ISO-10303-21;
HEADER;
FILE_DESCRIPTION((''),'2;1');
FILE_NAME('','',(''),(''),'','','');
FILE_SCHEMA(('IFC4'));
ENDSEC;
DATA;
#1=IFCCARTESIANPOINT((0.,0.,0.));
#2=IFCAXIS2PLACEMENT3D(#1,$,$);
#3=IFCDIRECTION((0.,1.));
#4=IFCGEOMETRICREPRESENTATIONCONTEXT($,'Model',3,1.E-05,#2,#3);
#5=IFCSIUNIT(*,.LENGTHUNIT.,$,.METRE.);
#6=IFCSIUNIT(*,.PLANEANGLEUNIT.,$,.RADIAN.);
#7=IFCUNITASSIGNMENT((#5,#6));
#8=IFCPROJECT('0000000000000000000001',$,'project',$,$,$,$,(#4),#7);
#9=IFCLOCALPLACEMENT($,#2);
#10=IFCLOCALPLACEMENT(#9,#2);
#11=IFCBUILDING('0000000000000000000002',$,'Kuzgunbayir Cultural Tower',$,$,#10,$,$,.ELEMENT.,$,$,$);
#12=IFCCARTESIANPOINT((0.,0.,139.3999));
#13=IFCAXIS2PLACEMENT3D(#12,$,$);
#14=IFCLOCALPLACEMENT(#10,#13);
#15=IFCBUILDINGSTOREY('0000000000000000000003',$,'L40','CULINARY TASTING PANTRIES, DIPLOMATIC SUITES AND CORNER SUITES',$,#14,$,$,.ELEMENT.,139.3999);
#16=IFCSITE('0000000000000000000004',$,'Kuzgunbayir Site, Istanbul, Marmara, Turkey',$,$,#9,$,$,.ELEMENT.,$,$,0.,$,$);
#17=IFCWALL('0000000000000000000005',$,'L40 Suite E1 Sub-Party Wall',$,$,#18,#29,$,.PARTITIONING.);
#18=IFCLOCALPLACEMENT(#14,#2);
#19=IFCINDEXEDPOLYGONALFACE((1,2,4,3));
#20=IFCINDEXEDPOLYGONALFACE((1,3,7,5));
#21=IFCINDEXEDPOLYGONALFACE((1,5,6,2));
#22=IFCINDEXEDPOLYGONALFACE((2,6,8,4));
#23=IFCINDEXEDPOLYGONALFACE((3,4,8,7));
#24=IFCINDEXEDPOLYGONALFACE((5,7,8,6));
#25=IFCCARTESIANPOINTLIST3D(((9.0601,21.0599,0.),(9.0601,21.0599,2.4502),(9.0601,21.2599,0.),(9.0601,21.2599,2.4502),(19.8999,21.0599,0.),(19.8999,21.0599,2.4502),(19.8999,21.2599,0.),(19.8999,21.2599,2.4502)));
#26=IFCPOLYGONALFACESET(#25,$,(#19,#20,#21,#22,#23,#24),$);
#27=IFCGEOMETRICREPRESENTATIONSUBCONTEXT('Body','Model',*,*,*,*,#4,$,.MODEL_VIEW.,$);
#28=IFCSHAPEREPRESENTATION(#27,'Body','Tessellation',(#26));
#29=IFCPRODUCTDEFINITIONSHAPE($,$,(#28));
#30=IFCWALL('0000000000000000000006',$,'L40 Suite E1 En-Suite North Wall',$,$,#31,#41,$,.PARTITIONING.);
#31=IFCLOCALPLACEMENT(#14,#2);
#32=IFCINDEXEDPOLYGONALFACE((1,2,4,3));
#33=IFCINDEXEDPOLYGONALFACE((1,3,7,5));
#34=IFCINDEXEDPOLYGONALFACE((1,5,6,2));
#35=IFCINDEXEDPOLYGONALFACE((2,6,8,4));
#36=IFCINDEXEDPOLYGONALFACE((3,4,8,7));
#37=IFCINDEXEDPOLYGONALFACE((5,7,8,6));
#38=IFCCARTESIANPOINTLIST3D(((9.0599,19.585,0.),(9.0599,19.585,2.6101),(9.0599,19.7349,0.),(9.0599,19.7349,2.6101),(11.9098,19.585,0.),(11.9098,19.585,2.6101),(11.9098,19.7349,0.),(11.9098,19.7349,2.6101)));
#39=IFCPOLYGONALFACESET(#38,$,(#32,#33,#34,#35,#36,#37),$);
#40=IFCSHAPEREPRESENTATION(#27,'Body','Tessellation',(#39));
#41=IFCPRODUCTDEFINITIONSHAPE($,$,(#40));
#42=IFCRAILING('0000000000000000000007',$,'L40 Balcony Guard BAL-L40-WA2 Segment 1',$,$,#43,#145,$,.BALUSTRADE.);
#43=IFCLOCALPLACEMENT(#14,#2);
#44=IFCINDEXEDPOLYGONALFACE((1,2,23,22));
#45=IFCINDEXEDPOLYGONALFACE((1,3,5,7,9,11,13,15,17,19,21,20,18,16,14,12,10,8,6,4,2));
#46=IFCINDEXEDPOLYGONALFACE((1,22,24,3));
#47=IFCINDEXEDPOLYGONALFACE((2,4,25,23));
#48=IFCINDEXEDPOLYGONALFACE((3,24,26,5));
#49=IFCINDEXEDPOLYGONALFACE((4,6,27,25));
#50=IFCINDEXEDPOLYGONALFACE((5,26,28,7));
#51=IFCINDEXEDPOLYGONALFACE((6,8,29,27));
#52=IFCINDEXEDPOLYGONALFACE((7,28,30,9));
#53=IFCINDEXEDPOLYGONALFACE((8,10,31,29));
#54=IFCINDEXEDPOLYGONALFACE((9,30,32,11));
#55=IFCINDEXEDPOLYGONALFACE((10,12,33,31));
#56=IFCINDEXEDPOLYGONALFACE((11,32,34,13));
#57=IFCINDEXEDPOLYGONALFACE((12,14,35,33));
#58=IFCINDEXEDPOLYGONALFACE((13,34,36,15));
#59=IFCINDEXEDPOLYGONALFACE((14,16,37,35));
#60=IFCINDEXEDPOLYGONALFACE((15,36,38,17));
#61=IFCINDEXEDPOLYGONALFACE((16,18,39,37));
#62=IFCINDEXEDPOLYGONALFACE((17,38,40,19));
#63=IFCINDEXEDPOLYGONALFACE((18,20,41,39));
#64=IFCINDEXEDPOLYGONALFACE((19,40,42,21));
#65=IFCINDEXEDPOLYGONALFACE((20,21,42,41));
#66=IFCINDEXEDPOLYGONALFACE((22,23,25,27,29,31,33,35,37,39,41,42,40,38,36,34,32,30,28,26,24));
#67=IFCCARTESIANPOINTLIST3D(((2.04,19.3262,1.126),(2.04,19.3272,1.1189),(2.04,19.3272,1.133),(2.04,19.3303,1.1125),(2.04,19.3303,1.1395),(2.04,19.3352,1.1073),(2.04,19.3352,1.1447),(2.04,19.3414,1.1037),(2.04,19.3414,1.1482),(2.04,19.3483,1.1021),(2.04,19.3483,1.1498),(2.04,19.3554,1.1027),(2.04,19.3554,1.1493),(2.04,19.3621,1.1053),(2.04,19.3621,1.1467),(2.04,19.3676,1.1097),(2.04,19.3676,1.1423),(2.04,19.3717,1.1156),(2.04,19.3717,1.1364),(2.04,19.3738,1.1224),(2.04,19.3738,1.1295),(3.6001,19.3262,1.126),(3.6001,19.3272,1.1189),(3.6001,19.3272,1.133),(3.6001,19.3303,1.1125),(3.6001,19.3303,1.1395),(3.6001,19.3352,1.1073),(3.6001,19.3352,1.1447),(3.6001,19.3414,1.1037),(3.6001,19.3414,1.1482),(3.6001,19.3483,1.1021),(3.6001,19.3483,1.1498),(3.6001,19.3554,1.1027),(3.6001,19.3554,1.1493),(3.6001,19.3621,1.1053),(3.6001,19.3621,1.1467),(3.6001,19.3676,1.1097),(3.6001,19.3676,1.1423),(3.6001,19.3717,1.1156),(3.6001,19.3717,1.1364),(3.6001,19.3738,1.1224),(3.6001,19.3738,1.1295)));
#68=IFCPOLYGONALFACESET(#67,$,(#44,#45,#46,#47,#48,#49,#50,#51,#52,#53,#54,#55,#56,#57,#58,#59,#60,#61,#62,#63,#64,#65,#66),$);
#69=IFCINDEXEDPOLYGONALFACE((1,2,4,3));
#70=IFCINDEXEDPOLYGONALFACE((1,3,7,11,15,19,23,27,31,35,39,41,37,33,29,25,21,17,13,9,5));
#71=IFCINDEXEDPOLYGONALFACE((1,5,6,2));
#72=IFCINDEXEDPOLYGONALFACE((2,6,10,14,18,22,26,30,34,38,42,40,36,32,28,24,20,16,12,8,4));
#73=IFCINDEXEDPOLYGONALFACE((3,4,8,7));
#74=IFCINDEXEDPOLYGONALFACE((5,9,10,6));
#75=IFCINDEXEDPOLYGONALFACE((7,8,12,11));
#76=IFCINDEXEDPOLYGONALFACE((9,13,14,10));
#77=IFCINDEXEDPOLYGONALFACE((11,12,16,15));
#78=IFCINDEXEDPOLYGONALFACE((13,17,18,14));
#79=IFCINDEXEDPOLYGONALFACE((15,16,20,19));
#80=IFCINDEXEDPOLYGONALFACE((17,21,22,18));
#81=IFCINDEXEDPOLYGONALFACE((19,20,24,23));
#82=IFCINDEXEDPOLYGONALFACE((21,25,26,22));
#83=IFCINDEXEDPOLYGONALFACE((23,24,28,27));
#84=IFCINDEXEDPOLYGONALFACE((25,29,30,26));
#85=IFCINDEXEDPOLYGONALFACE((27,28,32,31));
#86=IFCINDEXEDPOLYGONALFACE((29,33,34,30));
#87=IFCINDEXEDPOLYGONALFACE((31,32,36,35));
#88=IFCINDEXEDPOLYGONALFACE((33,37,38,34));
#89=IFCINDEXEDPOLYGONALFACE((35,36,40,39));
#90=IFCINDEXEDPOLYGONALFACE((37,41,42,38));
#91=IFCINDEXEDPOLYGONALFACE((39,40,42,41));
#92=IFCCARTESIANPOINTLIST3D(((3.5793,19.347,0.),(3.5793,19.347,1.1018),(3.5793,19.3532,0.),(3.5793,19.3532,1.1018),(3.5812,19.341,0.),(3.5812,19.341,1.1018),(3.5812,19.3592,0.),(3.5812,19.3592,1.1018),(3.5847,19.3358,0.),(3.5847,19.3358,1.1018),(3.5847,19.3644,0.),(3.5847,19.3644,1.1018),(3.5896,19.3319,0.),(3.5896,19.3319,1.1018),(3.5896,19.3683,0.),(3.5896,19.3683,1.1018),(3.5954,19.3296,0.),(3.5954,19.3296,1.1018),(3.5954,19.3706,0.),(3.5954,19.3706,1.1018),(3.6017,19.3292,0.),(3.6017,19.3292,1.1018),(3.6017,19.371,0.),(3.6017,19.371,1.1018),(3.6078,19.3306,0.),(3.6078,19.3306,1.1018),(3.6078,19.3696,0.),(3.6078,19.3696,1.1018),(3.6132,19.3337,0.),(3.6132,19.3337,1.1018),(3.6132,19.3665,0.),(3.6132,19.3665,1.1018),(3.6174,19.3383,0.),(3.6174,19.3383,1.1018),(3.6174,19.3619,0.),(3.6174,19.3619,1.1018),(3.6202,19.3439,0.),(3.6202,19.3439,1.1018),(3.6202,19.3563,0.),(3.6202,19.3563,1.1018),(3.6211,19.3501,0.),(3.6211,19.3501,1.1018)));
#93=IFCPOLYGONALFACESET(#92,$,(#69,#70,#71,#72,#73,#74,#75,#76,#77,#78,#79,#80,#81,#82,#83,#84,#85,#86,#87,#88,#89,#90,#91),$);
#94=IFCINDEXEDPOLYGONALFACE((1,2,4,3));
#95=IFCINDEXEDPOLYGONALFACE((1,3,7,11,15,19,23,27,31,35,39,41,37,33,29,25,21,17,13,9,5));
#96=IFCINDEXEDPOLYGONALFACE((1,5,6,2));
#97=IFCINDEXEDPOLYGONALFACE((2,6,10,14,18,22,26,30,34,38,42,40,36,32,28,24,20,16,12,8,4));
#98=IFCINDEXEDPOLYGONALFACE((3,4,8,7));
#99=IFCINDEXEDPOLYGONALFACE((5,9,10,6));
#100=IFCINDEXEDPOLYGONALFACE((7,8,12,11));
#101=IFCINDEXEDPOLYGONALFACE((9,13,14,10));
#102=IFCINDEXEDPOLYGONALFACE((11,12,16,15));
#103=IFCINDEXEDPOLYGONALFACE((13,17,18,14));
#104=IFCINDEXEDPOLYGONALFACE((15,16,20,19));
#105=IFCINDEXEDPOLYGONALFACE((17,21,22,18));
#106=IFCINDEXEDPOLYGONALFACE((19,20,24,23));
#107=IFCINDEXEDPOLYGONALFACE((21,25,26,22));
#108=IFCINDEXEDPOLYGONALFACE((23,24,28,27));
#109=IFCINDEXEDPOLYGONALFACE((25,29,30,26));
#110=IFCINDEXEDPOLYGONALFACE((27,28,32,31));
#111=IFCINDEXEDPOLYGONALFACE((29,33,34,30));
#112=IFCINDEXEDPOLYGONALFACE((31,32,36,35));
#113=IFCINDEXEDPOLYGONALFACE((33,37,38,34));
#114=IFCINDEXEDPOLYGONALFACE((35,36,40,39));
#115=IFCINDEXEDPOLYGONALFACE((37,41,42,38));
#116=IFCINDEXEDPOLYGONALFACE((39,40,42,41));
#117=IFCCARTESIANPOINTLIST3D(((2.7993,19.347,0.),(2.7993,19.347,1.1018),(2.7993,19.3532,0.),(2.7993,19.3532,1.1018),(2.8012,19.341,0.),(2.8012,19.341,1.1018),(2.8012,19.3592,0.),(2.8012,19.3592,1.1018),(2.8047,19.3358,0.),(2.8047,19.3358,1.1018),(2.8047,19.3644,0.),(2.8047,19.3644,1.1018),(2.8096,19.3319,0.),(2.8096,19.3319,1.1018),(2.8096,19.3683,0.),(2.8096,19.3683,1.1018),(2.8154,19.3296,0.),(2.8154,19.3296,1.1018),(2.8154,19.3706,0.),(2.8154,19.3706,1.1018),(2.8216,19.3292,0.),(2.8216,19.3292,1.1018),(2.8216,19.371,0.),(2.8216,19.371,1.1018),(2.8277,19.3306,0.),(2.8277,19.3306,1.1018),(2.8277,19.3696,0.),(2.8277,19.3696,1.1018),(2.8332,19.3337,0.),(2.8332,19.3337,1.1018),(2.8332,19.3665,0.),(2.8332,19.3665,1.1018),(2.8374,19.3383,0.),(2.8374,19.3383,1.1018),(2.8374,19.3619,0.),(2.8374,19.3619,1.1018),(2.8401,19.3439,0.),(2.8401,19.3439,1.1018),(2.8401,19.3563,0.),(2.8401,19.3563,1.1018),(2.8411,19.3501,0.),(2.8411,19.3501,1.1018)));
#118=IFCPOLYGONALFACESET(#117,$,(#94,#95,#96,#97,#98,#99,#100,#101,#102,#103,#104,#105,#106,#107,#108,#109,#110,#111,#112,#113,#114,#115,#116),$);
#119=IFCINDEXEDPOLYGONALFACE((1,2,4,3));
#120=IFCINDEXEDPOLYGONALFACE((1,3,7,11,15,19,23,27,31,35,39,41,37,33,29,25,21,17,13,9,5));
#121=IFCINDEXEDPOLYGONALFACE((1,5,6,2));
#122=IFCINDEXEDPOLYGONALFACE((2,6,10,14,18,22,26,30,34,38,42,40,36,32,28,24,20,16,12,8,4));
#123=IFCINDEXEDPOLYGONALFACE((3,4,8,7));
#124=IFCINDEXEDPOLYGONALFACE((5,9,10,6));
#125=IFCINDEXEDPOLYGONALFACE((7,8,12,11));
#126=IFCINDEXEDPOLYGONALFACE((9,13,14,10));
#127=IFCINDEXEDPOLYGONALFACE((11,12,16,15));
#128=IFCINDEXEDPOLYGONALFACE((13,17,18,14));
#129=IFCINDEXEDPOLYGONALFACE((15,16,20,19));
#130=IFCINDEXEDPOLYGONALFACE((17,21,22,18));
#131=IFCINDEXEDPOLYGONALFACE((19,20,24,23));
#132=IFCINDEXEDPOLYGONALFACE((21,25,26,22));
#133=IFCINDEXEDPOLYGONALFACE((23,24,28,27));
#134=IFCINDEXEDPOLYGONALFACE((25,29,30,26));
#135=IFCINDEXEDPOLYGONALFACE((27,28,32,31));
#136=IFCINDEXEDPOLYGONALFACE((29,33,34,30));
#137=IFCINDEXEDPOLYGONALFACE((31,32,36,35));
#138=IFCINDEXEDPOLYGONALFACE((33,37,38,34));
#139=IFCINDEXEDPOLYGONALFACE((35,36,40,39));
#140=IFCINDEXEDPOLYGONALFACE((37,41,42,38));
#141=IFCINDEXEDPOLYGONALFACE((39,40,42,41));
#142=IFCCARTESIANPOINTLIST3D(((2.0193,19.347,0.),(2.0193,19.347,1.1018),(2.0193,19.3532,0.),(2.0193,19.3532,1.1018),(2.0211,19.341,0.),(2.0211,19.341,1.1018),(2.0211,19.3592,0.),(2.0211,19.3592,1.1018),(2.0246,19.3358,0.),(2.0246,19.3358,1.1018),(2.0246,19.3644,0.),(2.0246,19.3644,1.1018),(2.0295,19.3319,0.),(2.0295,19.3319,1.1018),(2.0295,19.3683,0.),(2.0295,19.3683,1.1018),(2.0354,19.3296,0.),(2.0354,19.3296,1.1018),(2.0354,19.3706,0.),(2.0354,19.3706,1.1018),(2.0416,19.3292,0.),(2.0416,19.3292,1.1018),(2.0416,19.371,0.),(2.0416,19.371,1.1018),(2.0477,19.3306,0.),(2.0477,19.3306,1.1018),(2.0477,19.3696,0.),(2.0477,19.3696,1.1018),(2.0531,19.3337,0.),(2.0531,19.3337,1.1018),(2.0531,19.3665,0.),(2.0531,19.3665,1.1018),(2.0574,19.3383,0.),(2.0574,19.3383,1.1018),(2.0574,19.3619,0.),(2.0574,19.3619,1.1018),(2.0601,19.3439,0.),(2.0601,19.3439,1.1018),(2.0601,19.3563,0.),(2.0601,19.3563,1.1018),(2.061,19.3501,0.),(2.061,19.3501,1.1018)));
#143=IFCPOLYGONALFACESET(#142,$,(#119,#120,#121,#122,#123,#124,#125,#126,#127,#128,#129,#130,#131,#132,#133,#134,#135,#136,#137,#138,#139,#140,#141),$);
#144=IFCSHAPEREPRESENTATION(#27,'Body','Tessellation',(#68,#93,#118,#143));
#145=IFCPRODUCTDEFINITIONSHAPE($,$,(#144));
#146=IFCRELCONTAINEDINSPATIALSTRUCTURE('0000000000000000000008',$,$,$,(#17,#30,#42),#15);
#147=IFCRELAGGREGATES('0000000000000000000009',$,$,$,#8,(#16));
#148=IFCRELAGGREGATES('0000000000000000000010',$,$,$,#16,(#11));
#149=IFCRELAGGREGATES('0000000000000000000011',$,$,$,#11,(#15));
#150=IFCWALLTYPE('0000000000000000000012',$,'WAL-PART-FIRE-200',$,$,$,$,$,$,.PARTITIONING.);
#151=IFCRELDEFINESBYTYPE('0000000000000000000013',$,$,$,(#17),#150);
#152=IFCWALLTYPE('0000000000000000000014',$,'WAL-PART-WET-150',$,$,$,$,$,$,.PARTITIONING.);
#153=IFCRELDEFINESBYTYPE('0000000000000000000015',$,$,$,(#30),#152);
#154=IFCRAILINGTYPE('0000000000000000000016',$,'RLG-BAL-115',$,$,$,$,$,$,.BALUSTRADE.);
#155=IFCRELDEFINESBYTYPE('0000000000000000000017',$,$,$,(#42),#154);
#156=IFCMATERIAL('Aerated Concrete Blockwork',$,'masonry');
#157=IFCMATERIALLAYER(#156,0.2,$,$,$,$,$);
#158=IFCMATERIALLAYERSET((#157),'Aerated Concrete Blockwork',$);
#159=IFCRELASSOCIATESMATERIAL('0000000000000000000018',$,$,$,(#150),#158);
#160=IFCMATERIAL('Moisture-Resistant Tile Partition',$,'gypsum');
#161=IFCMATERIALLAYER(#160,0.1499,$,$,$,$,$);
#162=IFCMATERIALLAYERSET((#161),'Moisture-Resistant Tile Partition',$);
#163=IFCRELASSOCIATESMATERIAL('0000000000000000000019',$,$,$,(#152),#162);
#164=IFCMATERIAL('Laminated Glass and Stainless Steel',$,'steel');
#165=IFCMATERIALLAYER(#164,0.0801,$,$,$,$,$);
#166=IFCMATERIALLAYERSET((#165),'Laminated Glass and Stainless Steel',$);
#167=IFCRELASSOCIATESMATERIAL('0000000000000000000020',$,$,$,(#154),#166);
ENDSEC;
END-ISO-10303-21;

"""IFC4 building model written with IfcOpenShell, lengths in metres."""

from ifc_helpers import new_model, si_unit, direction, frame, frame_2d, origin, origin_2d, place, context, subcontext, project, spatial, rectangle, circle, extrude, material, layer, layer_set, type_object, element, save


model = new_model("IFC4")

# Units and contexts
model_context = context("Model", 3, precision=1e-05, world=origin(), true_north=direction((0.0, 1.0)))
body_context = subcontext(model_context, "Body", "Model", "MODEL_VIEW")
ifc_project = project(units=[si_unit("LENGTHUNIT", "METRE"), si_unit("PLANEANGLEUNIT", "RADIAN")], contexts=[model_context])

# Site, building, storey
site_placement = place(None, origin())
site = spatial("IfcSite", under=ifc_project, at=site_placement, Name="Kuzgunbayir Site, Istanbul, Marmara, Turkey", CompositionType="ELEMENT", RefElevation=0.0)
building_placement = place(site_placement, origin())
building = spatial("IfcBuilding", under=site, at=building_placement, Name="Kuzgunbayir Cultural Tower", CompositionType="ELEMENT")
storey_placement = place(building_placement, frame((0.0, 0.0, 139.3999)))
storey = spatial("IfcBuildingStorey", under=building, at=storey_placement, Name="L40", Description="CULINARY TASTING PANTRIES, DIPLOMATIC SUITES AND CORNER SUITES", CompositionType="ELEMENT", Elevation=139.3999)

# Walls
ifc_material_1 = material(Name="Aerated Concrete Blockwork", Category="masonry")
ifc_layer_1 = layer(ifc_material_1, 0.2)
ifc_layer_set_1 = layer_set([ifc_layer_1], Name="Aerated Concrete Blockwork")
wall_type_1 = type_object("IfcWallType", Name="WAL-PART-FIRE-200", PredefinedType="PARTITIONING", material=ifc_layer_set_1)
wall_1_placement = place(storey_placement, frame((9.0601, 21.1599, 0.0), z_axis=(0.0, 0.0, 1.0), x_axis=(1.0, 0.0, 0.0)))
element("IfcWall", 1, at=wall_1_placement, inside=storey, type_object=wall_type_1, Name="L40 Suite E1 Sub-Party Wall", PredefinedType="PARTITIONING", context=body_context, shape_type="SweptSolid", body=[
    extrude(rectangle(XDim=10.8398, YDim=0.2, at=frame_2d((5.4199, 0.0))), origin(), (0.0, 0.0, 1.0), 2.4502),
])
ifc_material_2 = material(Name="Moisture-Resistant Tile Partition", Category="gypsum")
ifc_layer_2 = layer(ifc_material_2, 0.1499)
ifc_layer_set_2 = layer_set([ifc_layer_2], Name="Moisture-Resistant Tile Partition")
wall_type_2 = type_object("IfcWallType", Name="WAL-PART-WET-150", PredefinedType="PARTITIONING", material=ifc_layer_set_2)
wall_2_placement = place(storey_placement, frame((9.0601, 19.6599, 0.0), z_axis=(0.0, 0.0, 1.0), x_axis=(1.0, 0.0, 0.0)))
element("IfcWall", 2, at=wall_2_placement, inside=storey, type_object=wall_type_2, Name="L40 Suite E1 En-Suite North Wall", PredefinedType="PARTITIONING", context=body_context, shape_type="SweptSolid", body=[
    extrude(rectangle(XDim=2.8499, YDim=0.1499, at=frame_2d((1.4248, 0.0))), origin(), (0.0, 0.0, 1.0), 2.6101),
])

# Railing
ifc_material_3 = material(Name="Laminated Glass and Stainless Steel", Category="steel")
ifc_layer_3 = layer(ifc_material_3, 0.0801)
ifc_layer_set_3 = layer_set([ifc_layer_3], Name="Laminated Glass and Stainless Steel")
railing_type = type_object("IfcRailingType", Name="RLG-BAL-115", PredefinedType="BALUSTRADE", material=ifc_layer_set_3)
railing_1_placement = place(storey_placement, frame((3.6001, 19.3501, 0.0)))
element("IfcRailing", 3, at=railing_1_placement, inside=storey, type_object=railing_type, Name="L40 Balcony Guard BAL-L40-WA2 Segment 1", PredefinedType="BALUSTRADE", context=body_context, shape_type="SweptSolid", body=[
    extrude(circle(Radius=0.0239, at=origin_2d()), frame((0.0, 0.0, 1.126), z_axis=(-1.0, 0.0, 0.0), x_axis=(0.0, -1.0, 0.0)), (0.0, 0.0, 1.0), 1.5601),
    extrude(circle(Radius=0.021, at=origin_2d()), origin(), (0.0, 0.0, 1.0), 1.1018),
    extrude(circle(Radius=0.021, at=origin_2d()), frame((-0.78, 0.0, 0.0)), (0.0, 0.0, 1.0), 1.1018),
    extrude(circle(Radius=0.021, at=origin_2d()), frame((-1.5601, 0.0, 0.0)), (0.0, 0.0, 1.0), 1.1018),
])

save(model, "model.ifc")
